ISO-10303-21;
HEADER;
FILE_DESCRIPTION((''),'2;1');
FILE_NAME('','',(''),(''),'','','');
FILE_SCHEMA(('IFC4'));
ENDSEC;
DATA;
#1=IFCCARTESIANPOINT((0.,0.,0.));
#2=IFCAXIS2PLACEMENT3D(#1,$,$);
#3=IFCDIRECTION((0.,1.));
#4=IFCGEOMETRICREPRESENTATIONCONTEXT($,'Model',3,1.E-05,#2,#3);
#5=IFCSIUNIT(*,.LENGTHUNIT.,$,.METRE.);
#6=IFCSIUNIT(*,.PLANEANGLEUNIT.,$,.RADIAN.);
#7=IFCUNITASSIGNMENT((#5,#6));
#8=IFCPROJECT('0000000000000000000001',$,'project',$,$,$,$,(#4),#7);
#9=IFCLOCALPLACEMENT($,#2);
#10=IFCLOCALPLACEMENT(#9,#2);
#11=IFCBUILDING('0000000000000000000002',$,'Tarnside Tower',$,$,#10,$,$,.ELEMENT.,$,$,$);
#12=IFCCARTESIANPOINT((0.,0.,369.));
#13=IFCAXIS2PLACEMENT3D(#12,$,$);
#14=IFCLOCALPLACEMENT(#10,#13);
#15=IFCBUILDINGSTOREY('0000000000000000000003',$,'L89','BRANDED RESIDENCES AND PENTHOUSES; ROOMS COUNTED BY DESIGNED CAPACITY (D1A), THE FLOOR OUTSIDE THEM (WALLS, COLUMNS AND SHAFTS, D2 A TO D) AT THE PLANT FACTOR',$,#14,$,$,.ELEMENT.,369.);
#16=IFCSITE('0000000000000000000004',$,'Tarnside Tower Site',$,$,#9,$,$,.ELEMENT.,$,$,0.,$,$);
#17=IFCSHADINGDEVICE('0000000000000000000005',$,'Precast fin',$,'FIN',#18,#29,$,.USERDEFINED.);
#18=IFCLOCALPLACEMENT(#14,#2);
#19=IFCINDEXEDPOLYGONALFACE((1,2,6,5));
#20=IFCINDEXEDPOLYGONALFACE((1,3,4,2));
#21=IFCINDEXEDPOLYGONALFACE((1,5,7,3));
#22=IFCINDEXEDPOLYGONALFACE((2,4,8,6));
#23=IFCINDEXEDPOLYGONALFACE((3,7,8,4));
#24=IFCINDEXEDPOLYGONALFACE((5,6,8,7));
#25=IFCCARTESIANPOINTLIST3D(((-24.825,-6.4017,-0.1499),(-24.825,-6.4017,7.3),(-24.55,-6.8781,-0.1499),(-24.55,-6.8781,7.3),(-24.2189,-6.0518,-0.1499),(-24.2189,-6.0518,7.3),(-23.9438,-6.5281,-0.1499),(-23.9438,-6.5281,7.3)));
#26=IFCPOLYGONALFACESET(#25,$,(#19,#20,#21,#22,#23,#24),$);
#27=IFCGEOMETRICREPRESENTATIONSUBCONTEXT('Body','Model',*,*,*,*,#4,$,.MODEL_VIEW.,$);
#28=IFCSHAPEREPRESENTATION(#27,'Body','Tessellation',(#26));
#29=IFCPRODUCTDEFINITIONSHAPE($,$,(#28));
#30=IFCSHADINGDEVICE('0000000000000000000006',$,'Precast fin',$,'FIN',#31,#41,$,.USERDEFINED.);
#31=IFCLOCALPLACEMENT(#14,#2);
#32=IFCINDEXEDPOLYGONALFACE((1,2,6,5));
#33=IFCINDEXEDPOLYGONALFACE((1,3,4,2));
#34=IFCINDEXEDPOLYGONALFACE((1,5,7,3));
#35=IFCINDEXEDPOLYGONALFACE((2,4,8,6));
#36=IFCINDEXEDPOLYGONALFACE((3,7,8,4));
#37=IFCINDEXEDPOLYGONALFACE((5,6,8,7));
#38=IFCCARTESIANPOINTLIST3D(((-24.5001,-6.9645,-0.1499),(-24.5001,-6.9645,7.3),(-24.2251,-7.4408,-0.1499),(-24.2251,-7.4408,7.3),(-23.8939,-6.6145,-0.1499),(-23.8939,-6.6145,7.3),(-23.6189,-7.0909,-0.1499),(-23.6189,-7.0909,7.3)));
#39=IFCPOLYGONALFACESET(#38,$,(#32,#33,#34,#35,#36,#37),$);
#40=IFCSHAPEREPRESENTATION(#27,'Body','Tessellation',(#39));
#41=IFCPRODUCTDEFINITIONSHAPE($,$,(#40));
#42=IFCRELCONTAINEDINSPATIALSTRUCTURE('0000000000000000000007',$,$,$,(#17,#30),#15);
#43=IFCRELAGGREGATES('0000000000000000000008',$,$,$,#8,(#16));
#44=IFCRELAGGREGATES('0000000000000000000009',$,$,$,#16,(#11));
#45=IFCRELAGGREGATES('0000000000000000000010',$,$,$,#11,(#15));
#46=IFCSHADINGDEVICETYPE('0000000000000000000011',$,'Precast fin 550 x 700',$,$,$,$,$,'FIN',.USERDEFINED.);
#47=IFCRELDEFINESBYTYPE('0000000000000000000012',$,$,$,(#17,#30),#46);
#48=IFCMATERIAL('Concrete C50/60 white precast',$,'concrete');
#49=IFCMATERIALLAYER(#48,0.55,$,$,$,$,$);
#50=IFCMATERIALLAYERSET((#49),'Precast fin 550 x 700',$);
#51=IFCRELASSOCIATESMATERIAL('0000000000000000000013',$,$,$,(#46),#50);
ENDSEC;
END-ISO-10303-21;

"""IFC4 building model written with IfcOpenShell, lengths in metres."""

from ifc_helpers import new_model, si_unit, direction, frame, origin, place, context, subcontext, project, spatial, polyline, outline, extrude, material, layer, layer_set, type_object, element, save


model = new_model("IFC4")

# Units and contexts
model_context = context("Model", 3, precision=1e-05, world=origin(), true_north=direction((0.0, 1.0)))
body_context = subcontext(model_context, "Body", "Model", "MODEL_VIEW")
ifc_project = project(units=[si_unit("LENGTHUNIT", "METRE"), si_unit("PLANEANGLEUNIT", "RADIAN")], contexts=[model_context])

# Site, building, storey
site_placement = place(None, origin())
site = spatial("IfcSite", under=ifc_project, at=site_placement, Name="Tarnside Tower Site", CompositionType="ELEMENT", RefElevation=0.0)
building_placement = place(site_placement, origin())
building = spatial("IfcBuilding", under=site, at=building_placement, Name="Tarnside Tower", CompositionType="ELEMENT")
storey_placement = place(building_placement, frame((0.0, 0.0, 369.0)))
storey = spatial("IfcBuildingStorey", under=building, at=storey_placement, Name="L89", Description="BRANDED RESIDENCES AND PENTHOUSES; ROOMS COUNTED BY DESIGNED CAPACITY (D1A), THE FLOOR OUTSIDE THEM (WALLS, COLUMNS AND SHAFTS, D2 A TO D) AT THE PLANT FACTOR", CompositionType="ELEMENT", Elevation=369.0)

# Shading devices
ifc_material_1 = material(Name="Concrete C50/60 white precast", Category="concrete")
ifc_layer_1 = layer(ifc_material_1, 0.55)
ifc_layer_set_1 = layer_set([ifc_layer_1], Name="Precast fin 550 x 700")
shading_device_type_1 = type_object("IfcShadingDeviceType", Name="Precast fin 550 x 700", ElementType="FIN", PredefinedType="USERDEFINED", material=ifc_layer_set_1)
for number, where, z_axis, x_axis, name in (
    (1, (-24.0813, -6.29, -0.1499), (-0.5, 0.866025, 0.0), (-0.866025, -0.5, 0.0), "Precast fin"),
    (2, (-23.7563, -6.8528, -0.1499), (-0.5, 0.866025, 0.0), (-0.866025, -0.5, 0.0), "Precast fin"),
):
    element("IfcShadingDevice", number, at=place(storey_placement, frame(where, z_axis=z_axis, x_axis=x_axis)), inside=storey, type_object=shading_device_type_1, Name=name, ObjectType="FIN", PredefinedType="USERDEFINED", context=body_context, shape_type="SweptSolid", body=[
        extrude(outline(polyline([(0.0, 0.0), (0.7, 0.0), (0.7, 7.45), (0.0, 7.45), (0.0, 0.0)])), frame((0.0, 0.0, -0.2749)), (0.0, 0.0, 1.0), 0.55),
    ])

save(model, "model.ifc")
